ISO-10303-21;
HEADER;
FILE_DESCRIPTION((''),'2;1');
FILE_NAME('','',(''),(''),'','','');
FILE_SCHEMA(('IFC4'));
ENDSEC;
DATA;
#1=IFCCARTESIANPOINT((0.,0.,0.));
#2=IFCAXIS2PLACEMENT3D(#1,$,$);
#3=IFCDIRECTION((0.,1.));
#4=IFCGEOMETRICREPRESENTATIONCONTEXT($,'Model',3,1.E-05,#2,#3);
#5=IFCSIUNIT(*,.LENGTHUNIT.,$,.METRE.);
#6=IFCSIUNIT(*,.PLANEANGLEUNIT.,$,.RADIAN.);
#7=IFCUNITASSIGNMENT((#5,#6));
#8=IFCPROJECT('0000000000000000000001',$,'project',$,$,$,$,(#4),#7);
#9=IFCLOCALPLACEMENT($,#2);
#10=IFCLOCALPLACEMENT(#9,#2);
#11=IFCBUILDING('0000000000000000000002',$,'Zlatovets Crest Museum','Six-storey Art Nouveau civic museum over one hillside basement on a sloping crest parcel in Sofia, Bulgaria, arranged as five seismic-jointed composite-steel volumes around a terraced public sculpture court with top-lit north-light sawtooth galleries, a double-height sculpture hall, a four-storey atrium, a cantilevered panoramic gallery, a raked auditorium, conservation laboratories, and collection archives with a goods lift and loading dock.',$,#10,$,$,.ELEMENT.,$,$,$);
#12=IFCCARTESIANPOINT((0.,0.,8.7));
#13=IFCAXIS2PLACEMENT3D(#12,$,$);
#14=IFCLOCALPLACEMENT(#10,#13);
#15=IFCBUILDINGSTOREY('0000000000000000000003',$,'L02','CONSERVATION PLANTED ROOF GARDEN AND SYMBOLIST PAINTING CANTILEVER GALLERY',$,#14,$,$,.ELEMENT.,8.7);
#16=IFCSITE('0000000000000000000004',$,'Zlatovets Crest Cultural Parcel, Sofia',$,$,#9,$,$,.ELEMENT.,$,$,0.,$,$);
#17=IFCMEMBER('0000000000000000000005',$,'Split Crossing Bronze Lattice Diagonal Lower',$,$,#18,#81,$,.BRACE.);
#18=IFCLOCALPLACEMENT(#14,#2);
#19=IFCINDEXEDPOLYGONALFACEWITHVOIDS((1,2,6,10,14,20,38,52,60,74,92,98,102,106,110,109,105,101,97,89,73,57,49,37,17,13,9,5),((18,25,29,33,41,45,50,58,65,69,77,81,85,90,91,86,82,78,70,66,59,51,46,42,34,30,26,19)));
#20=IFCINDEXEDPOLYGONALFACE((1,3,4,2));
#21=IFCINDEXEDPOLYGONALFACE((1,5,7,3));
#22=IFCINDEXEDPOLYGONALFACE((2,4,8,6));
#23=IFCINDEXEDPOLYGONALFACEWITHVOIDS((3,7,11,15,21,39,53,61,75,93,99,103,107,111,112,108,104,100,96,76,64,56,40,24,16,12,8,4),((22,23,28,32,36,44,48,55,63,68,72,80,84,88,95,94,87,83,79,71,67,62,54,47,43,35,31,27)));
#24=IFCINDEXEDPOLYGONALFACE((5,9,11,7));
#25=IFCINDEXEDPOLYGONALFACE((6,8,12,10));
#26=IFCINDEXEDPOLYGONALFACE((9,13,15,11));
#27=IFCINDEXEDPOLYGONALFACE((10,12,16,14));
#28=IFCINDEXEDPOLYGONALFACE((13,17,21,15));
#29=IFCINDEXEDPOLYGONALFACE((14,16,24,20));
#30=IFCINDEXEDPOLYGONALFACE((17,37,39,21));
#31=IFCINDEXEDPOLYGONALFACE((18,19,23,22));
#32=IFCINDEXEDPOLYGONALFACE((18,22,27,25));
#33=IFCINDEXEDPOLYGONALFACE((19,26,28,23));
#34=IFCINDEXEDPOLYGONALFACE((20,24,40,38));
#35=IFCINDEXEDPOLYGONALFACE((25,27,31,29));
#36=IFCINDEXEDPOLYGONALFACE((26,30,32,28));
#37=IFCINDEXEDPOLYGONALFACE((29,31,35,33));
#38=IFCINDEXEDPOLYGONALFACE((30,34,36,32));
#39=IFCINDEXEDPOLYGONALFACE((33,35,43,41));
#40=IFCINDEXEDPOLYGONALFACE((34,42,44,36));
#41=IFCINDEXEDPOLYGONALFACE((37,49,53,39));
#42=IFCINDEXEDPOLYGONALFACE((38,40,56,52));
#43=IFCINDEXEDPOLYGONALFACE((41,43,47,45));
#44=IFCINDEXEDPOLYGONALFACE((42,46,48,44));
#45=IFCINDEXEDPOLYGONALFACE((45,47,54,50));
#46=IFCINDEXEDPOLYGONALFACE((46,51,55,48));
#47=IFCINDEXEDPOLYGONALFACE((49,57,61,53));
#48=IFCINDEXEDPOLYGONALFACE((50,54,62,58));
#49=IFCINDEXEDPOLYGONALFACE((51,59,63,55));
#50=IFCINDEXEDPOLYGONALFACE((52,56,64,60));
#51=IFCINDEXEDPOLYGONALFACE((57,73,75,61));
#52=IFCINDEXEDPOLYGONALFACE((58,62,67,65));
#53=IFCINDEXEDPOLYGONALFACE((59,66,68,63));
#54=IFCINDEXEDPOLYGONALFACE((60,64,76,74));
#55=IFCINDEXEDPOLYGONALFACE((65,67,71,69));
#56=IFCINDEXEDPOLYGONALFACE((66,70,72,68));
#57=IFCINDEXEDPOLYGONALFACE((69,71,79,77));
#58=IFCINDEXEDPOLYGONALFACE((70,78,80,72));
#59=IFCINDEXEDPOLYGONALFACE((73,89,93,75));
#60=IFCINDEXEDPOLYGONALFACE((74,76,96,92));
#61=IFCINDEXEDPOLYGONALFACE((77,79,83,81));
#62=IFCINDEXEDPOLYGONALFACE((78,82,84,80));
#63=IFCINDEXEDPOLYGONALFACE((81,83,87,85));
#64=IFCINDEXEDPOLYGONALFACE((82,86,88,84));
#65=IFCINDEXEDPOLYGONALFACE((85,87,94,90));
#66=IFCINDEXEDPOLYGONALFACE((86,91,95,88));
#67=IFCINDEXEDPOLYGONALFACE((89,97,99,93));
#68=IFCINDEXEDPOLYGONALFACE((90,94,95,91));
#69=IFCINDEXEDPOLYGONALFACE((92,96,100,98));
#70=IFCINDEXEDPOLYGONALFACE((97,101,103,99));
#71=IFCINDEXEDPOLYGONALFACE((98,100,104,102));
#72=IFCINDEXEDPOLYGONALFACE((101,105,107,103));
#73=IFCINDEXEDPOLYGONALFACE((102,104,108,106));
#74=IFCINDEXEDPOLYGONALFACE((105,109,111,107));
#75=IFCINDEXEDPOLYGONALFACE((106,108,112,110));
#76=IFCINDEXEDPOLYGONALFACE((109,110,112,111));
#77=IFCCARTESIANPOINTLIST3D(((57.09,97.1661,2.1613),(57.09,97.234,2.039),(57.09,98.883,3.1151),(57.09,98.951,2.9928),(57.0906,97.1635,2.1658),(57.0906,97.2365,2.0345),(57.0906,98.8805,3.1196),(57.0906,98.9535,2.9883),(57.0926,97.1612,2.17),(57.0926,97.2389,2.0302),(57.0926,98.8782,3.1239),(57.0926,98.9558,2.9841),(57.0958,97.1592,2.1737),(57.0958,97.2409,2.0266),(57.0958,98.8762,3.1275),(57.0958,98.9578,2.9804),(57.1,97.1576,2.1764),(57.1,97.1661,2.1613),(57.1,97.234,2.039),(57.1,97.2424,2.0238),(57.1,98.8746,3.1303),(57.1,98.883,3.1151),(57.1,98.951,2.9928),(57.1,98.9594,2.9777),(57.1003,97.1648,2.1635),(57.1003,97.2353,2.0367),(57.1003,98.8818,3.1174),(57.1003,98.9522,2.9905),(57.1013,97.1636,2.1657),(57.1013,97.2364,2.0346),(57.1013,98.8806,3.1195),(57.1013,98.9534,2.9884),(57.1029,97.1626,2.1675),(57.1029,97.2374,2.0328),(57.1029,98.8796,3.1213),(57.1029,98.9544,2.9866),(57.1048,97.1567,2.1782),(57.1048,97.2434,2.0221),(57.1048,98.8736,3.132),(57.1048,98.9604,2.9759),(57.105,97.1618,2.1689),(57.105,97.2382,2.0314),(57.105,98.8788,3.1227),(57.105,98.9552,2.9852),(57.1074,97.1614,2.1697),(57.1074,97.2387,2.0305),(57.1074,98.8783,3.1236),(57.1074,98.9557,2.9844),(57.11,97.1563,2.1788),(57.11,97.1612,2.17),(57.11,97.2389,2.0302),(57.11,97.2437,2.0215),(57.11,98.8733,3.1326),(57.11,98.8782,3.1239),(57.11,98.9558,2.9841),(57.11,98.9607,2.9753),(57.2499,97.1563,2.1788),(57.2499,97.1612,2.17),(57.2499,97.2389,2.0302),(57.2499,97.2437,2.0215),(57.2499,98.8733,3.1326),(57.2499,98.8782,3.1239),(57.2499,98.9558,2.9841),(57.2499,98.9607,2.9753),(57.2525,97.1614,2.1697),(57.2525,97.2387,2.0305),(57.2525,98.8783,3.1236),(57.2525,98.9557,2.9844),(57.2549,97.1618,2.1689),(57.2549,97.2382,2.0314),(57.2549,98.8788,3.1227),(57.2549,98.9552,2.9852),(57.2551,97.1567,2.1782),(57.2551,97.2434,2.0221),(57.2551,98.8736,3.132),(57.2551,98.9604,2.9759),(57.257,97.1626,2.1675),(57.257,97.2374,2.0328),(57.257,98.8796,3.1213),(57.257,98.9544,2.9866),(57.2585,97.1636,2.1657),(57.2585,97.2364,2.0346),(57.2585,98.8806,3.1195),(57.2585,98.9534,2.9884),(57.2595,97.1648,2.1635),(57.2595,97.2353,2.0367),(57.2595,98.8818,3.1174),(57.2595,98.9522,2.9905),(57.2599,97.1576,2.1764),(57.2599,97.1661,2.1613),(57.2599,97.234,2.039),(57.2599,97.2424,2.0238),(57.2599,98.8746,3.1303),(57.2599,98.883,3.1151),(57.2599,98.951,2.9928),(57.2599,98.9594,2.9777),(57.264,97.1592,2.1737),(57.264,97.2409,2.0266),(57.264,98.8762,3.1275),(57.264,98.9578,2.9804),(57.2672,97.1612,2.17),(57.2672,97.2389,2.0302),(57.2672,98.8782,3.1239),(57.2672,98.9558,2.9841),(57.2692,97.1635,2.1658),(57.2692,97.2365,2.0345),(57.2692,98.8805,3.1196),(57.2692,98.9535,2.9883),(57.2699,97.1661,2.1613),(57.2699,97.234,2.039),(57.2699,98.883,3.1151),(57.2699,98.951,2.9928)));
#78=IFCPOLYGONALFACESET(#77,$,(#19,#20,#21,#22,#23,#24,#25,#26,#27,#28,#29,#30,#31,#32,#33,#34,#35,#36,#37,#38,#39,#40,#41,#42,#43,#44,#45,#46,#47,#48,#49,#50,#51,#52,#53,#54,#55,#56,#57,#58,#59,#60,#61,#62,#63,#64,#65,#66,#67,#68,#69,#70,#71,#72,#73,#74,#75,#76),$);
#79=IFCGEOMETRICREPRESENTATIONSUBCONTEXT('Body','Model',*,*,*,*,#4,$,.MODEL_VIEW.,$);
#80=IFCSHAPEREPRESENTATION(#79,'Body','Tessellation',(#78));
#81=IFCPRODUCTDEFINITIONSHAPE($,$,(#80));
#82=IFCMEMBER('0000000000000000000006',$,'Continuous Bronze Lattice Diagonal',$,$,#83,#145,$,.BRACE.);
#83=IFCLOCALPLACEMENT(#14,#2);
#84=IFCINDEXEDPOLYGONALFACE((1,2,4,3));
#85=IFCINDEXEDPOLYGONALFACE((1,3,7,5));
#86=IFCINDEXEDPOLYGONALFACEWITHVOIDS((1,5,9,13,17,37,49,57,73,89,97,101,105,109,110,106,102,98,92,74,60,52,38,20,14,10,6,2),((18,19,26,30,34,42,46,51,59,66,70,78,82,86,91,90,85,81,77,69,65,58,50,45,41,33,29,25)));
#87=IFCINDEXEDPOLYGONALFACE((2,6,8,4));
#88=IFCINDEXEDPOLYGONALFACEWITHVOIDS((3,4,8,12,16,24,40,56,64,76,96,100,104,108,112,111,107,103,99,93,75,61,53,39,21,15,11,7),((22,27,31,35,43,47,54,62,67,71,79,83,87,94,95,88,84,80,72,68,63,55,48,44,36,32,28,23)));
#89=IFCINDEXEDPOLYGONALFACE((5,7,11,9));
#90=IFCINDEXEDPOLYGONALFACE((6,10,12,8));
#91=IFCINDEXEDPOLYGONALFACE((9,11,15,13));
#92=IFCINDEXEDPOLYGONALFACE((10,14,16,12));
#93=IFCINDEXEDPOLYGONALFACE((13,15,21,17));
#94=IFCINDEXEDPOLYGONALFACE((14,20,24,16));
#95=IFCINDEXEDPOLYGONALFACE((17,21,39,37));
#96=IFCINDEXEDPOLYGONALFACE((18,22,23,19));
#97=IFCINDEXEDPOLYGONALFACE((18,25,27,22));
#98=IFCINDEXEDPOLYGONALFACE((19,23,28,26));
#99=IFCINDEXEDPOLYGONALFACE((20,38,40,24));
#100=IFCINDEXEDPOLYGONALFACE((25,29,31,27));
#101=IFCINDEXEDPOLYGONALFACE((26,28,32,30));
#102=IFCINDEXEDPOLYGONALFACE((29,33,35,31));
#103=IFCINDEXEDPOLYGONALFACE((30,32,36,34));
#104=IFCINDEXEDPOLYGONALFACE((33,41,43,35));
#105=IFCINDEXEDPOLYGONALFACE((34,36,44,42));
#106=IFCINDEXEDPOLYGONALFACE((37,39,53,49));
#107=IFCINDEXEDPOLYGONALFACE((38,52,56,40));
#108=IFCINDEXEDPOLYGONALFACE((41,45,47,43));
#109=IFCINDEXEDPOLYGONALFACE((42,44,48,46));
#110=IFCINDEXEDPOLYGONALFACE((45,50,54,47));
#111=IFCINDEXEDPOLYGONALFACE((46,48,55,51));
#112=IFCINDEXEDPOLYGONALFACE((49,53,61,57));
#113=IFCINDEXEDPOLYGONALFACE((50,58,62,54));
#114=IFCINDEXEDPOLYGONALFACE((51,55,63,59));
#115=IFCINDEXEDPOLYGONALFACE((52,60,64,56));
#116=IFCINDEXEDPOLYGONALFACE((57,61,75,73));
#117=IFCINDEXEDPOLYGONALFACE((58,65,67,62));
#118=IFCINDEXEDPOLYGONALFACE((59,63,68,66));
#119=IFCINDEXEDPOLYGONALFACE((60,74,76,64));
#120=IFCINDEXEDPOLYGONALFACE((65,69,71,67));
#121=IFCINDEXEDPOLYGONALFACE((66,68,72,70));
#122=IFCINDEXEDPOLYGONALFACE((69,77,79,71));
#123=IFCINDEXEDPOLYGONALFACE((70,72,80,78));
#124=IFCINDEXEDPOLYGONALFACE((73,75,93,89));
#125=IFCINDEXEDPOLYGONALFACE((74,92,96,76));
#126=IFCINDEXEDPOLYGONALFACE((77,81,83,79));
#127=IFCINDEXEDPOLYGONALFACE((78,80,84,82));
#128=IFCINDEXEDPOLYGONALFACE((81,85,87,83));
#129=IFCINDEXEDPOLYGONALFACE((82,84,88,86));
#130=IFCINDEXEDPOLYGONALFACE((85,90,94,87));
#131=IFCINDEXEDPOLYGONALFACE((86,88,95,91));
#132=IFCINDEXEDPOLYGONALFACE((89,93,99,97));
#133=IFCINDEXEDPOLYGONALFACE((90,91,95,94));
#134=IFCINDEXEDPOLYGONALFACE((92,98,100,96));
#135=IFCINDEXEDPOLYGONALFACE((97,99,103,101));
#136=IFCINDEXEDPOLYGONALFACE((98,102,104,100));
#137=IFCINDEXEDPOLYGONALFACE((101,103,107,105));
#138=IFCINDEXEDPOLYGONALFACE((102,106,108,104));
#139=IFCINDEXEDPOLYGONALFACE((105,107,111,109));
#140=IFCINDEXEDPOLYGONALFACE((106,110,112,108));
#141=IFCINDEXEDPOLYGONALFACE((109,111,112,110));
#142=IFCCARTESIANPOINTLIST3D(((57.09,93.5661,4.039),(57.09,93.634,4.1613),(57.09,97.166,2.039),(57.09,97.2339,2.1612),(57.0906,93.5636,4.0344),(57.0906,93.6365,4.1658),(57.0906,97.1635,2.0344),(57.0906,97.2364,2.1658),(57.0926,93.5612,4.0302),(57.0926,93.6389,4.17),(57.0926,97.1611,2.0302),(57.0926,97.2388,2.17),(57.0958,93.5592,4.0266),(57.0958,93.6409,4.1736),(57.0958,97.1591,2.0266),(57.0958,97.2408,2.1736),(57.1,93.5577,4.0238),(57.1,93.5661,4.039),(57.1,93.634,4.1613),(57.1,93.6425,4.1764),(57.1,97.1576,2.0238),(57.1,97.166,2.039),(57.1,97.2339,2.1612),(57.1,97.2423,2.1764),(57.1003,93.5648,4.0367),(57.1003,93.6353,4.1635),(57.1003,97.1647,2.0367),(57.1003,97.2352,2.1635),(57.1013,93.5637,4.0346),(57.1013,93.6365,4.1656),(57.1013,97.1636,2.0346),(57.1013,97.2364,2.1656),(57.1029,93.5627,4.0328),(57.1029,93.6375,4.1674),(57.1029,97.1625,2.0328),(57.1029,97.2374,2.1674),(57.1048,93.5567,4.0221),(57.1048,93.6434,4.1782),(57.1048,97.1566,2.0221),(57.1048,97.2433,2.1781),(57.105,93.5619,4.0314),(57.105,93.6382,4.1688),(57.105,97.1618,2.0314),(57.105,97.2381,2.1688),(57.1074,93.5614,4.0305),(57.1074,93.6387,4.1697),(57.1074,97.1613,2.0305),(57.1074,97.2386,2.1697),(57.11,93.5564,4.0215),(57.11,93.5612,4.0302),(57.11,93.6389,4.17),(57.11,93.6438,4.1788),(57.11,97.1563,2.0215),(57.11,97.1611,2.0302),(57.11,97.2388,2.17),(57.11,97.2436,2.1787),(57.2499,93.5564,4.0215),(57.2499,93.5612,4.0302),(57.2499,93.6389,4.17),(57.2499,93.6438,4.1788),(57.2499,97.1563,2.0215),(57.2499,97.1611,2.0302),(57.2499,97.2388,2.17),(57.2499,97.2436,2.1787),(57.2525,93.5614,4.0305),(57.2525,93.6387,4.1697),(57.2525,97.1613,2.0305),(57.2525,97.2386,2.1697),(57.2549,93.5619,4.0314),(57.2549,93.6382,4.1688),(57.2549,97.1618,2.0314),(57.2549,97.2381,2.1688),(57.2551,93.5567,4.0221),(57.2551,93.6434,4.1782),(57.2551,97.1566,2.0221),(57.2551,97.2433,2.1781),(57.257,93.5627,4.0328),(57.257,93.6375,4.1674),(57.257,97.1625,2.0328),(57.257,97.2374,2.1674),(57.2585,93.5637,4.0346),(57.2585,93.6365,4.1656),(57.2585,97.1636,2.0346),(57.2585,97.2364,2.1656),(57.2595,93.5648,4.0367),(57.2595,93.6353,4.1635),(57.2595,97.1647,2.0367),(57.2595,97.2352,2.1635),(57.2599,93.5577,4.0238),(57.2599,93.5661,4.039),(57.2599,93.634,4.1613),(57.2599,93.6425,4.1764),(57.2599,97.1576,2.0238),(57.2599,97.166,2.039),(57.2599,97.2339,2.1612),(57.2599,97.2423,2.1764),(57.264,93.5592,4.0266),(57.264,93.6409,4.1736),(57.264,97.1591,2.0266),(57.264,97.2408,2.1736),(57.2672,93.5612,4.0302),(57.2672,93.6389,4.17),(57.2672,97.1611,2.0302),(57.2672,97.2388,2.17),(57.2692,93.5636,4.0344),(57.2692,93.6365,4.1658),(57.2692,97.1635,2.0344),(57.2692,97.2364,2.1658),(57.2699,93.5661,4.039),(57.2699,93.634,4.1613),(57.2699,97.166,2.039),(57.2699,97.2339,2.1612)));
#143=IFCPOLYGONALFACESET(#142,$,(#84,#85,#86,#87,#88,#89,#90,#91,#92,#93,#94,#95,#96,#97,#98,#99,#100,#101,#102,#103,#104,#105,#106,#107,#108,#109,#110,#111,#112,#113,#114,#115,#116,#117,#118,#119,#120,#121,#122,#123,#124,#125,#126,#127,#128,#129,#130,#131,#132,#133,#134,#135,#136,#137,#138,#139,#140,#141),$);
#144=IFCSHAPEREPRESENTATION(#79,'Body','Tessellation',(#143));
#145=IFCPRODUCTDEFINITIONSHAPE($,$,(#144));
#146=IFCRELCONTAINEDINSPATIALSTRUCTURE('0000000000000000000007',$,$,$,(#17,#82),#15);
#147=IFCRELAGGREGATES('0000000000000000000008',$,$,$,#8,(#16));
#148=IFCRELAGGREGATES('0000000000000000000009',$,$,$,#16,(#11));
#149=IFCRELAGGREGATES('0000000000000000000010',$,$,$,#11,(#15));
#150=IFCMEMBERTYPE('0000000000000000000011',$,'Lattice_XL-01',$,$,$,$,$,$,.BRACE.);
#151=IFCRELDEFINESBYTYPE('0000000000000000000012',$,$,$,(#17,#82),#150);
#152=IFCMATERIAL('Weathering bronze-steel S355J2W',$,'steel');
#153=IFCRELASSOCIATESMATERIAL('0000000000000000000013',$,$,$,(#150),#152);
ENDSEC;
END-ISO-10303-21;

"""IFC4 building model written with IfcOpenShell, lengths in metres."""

from ifc_helpers import new_model, si_unit, direction, frame, origin, origin_2d, place, context, subcontext, project, spatial, hollow_rectangle, extrude, material, material_profile, profile_set, type_object, element, save


model = new_model("IFC4")

# Units and contexts
model_context = context("Model", 3, precision=1e-05, world=origin(), true_north=direction((0.0, 1.0)))
body_context = subcontext(model_context, "Body", "Model", "MODEL_VIEW")
ifc_project = project(units=[si_unit("LENGTHUNIT", "METRE"), si_unit("PLANEANGLEUNIT", "RADIAN")], contexts=[model_context])

# Site, building, storey
site_placement = place(None, origin())
site = spatial("IfcSite", under=ifc_project, at=site_placement, Name="Zlatovets Crest Cultural Parcel, Sofia", CompositionType="ELEMENT", RefElevation=0.0)
building_placement = place(site_placement, origin())
building = spatial("IfcBuilding", under=site, at=building_placement, Name="Zlatovets Crest Museum", Description="Six-storey Art Nouveau civic museum over one hillside basement on a sloping crest parcel in Sofia, Bulgaria, arranged as five seismic-jointed composite-steel volumes around a terraced public sculpture court with top-lit north-light sawtooth galleries, a double-height sculpture hall, a four-storey atrium, a cantilevered panoramic gallery, a raked auditorium, conservation laboratories, and collection archives with a goods lift and loading dock.", CompositionType="ELEMENT")
storey_placement = place(building_placement, frame((0.0, 0.0, 8.7)))
storey = spatial("IfcBuildingStorey", under=building, at=storey_placement, Name="L02", Description="CONSERVATION PLANTED ROOF GARDEN AND SYMBOLIST PAINTING CANTILEVER GALLERY", CompositionType="ELEMENT", Elevation=8.7)

# Members
ifc_material_1 = material(Name="Weathering bronze-steel S355J2W", Category="steel")
ifc_material_profile_1 = material_profile(ifc_material_1, hollow_rectangle(XDim=0.1799, YDim=0.1799, WallThickness=0.01, InnerFilletRadius=0.01, OuterFilletRadius=0.02, at=origin_2d()), Name="SHS 180x180x10.0")
ifc_profile_set_1 = profile_set([ifc_material_profile_1], Name="Weathering bronze-steel S355J2W")
member_type_1 = type_object("IfcMemberType", Name="Lattice_XL-01", PredefinedType="BRACE", material=ifc_profile_set_1)
for number, where, z_axis, x_axis, name in (
    (1, (57.1799, 98.917, 3.054), (0.0, -0.874169, -0.485622), (1.0, 0.0, 0.0), "Split Crossing Bronze Lattice Diagonal Lower"),
):
    element("IfcMember", number, at=place(storey_placement, frame(where, z_axis=z_axis, x_axis=x_axis)), inside=storey, type_object=member_type_1, Name=name, PredefinedType="BRACE", context=body_context, shape_type="SweptSolid", body=[
        extrude(hollow_rectangle(XDim=0.1799, YDim=0.1799, WallThickness=0.01, InnerFilletRadius=0.01, OuterFilletRadius=0.02, at=origin_2d()), origin(), (0.0, 0.0, 1.0), 1.9641),
    ])
member_1_placement = place(storey_placement, frame((57.1799, 97.2, 2.1001), z_axis=(0.0, -0.874149, 0.485658), x_axis=(1.0, 0.0, 0.0)))
element("IfcMember", 2, at=member_1_placement, inside=storey, type_object=member_type_1, Name="Continuous Bronze Lattice Diagonal", PredefinedType="BRACE", context=body_context, shape_type="SweptSolid", body=[
    extrude(hollow_rectangle(XDim=0.1799, YDim=0.1799, WallThickness=0.01, InnerFilletRadius=0.01, OuterFilletRadius=0.02, at=origin_2d()), origin(), (0.0, 0.0, 1.0), 4.1182),
])

save(model, "model.ifc")
